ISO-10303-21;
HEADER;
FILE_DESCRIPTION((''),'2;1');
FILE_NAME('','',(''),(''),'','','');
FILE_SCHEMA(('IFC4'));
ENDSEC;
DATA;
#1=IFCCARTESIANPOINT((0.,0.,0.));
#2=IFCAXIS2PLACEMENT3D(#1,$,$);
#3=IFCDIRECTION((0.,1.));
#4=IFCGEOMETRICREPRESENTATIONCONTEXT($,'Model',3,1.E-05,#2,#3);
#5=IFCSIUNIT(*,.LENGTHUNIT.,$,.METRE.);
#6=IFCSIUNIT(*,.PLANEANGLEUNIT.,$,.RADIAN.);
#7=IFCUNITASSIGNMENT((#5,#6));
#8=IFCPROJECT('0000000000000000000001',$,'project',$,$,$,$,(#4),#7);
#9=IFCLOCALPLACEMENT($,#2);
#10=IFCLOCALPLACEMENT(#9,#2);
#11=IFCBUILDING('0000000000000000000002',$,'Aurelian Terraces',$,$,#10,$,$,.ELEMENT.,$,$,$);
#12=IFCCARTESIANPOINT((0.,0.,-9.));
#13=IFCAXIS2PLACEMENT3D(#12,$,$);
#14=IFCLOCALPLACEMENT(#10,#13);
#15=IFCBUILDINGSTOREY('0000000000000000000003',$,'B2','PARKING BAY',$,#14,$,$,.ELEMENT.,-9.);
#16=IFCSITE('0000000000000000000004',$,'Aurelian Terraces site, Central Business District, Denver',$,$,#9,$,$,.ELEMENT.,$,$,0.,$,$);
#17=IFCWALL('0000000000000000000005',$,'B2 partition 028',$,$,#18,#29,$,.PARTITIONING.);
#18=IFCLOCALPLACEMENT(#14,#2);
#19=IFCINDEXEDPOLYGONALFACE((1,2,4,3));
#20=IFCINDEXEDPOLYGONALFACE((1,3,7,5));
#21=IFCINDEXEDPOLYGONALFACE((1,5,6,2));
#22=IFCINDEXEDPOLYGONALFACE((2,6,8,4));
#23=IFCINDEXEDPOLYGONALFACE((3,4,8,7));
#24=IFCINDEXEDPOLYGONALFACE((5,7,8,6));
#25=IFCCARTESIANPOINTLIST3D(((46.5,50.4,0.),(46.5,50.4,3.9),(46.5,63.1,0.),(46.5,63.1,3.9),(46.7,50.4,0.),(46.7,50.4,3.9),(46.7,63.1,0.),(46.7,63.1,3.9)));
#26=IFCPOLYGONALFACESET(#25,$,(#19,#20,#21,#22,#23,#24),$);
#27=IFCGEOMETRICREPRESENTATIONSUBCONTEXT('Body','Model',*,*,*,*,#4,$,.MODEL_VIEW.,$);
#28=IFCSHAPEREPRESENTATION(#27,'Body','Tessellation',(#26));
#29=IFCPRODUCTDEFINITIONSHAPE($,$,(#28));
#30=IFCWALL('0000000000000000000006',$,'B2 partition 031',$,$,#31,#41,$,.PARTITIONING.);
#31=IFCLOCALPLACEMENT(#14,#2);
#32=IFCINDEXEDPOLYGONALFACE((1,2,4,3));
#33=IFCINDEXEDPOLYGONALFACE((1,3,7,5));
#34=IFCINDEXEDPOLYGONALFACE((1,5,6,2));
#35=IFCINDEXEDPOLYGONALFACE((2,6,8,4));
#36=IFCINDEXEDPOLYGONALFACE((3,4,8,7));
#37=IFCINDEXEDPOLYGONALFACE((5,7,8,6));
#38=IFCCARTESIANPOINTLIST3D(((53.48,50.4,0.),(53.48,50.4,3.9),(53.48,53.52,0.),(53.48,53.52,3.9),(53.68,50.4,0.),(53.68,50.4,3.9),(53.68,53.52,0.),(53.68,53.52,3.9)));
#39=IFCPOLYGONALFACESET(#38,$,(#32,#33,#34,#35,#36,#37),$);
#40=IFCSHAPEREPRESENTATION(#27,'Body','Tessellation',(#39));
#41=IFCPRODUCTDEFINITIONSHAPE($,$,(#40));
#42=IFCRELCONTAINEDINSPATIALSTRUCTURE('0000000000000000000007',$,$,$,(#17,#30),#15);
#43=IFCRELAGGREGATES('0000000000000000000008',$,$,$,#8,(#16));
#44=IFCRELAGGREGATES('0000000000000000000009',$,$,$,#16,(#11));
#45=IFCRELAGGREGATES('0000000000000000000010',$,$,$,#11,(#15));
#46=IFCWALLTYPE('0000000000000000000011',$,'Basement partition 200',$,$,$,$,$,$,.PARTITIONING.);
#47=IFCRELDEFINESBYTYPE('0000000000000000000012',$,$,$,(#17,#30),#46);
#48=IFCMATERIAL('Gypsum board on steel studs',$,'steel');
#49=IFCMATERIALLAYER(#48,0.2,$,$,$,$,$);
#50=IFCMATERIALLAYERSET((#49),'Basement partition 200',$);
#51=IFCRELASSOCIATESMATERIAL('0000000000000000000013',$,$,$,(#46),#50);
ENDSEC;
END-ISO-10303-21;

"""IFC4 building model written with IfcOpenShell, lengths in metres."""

from ifc_helpers import new_model, si_unit, direction, frame, frame_2d, origin, place, context, subcontext, project, spatial, rectangle, extrude, source, transform, mapped, material, layer, layer_set, type_object, element, save


model = new_model("IFC4")

# Units and contexts
model_context = context("Model", 3, precision=1e-05, world=origin(), true_north=direction((0.0, 1.0)))
body_context = subcontext(model_context, "Body", "Model", "MODEL_VIEW")
ifc_project = project(units=[si_unit("LENGTHUNIT", "METRE"), si_unit("PLANEANGLEUNIT", "RADIAN")], contexts=[model_context])

# Site, building, storey
site_placement = place(None, origin())
site = spatial("IfcSite", under=ifc_project, at=site_placement, Name="Aurelian Terraces site, Central Business District, Denver", CompositionType="ELEMENT", RefElevation=0.0)
building_placement = place(site_placement, origin())
building = spatial("IfcBuilding", under=site, at=building_placement, Name="Aurelian Terraces", CompositionType="ELEMENT")
storey_placement = place(building_placement, frame((0.0, 0.0, -9.0)))
storey = spatial("IfcBuildingStorey", under=building, at=storey_placement, Name="B2", Description="PARKING BAY", CompositionType="ELEMENT", Elevation=-9.0)

# Walls
ifc_material_1 = material(Name="Gypsum board on steel studs", Category="steel")
ifc_layer_1 = layer(ifc_material_1, 0.2)
ifc_layer_set_1 = layer_set([ifc_layer_1], Name="Basement partition 200")
wall_type = type_object("IfcWallType", Name="Basement partition 200", PredefinedType="PARTITIONING", material=ifc_layer_set_1)
shared_shape_1 = source(origin(), body_context, "Body", "SweptSolid", [
    extrude(rectangle(XDim=12.7, YDim=0.2, at=frame_2d((6.35, 0.0))), origin(), (0.0, 0.0, 1.0), 3.9),
])
for number, where, z_axis, x_axis, name in (
    (1, (46.6, 50.4, 0.0), (0.0, 0.0, 1.0), (0.0, 1.0, 0.0), "B2 partition 028"),
):
    element("IfcWall", number, at=place(storey_placement, frame(where, z_axis=z_axis, x_axis=x_axis)), inside=storey, type_object=wall_type, Name=name, PredefinedType="PARTITIONING", context=body_context, shape_type="MappedRepresentation", body=[
        mapped(shared_shape_1, transform((0.0, 0.0, 0.0), scale=1.0)),
    ])
shared_shape_2 = source(origin(), body_context, "Body", "SweptSolid", [
    extrude(rectangle(XDim=3.12, YDim=0.2, at=frame_2d((1.56, 0.0))), origin(), (0.0, 0.0, 1.0), 3.9),
])
wall_1_placement = place(storey_placement, frame((53.58, 50.4, 0.0), z_axis=(0.0, 0.0, 1.0), x_axis=(0.0, 1.0, 0.0)))
element("IfcWall", 2, at=wall_1_placement, inside=storey, type_object=wall_type, Name="B2 partition 031", PredefinedType="PARTITIONING", context=body_context, shape_type="MappedRepresentation", body=[
    mapped(shared_shape_2, transform((0.0, 0.0, 0.0), scale=1.0)),
])

save(model, "model.ifc")
